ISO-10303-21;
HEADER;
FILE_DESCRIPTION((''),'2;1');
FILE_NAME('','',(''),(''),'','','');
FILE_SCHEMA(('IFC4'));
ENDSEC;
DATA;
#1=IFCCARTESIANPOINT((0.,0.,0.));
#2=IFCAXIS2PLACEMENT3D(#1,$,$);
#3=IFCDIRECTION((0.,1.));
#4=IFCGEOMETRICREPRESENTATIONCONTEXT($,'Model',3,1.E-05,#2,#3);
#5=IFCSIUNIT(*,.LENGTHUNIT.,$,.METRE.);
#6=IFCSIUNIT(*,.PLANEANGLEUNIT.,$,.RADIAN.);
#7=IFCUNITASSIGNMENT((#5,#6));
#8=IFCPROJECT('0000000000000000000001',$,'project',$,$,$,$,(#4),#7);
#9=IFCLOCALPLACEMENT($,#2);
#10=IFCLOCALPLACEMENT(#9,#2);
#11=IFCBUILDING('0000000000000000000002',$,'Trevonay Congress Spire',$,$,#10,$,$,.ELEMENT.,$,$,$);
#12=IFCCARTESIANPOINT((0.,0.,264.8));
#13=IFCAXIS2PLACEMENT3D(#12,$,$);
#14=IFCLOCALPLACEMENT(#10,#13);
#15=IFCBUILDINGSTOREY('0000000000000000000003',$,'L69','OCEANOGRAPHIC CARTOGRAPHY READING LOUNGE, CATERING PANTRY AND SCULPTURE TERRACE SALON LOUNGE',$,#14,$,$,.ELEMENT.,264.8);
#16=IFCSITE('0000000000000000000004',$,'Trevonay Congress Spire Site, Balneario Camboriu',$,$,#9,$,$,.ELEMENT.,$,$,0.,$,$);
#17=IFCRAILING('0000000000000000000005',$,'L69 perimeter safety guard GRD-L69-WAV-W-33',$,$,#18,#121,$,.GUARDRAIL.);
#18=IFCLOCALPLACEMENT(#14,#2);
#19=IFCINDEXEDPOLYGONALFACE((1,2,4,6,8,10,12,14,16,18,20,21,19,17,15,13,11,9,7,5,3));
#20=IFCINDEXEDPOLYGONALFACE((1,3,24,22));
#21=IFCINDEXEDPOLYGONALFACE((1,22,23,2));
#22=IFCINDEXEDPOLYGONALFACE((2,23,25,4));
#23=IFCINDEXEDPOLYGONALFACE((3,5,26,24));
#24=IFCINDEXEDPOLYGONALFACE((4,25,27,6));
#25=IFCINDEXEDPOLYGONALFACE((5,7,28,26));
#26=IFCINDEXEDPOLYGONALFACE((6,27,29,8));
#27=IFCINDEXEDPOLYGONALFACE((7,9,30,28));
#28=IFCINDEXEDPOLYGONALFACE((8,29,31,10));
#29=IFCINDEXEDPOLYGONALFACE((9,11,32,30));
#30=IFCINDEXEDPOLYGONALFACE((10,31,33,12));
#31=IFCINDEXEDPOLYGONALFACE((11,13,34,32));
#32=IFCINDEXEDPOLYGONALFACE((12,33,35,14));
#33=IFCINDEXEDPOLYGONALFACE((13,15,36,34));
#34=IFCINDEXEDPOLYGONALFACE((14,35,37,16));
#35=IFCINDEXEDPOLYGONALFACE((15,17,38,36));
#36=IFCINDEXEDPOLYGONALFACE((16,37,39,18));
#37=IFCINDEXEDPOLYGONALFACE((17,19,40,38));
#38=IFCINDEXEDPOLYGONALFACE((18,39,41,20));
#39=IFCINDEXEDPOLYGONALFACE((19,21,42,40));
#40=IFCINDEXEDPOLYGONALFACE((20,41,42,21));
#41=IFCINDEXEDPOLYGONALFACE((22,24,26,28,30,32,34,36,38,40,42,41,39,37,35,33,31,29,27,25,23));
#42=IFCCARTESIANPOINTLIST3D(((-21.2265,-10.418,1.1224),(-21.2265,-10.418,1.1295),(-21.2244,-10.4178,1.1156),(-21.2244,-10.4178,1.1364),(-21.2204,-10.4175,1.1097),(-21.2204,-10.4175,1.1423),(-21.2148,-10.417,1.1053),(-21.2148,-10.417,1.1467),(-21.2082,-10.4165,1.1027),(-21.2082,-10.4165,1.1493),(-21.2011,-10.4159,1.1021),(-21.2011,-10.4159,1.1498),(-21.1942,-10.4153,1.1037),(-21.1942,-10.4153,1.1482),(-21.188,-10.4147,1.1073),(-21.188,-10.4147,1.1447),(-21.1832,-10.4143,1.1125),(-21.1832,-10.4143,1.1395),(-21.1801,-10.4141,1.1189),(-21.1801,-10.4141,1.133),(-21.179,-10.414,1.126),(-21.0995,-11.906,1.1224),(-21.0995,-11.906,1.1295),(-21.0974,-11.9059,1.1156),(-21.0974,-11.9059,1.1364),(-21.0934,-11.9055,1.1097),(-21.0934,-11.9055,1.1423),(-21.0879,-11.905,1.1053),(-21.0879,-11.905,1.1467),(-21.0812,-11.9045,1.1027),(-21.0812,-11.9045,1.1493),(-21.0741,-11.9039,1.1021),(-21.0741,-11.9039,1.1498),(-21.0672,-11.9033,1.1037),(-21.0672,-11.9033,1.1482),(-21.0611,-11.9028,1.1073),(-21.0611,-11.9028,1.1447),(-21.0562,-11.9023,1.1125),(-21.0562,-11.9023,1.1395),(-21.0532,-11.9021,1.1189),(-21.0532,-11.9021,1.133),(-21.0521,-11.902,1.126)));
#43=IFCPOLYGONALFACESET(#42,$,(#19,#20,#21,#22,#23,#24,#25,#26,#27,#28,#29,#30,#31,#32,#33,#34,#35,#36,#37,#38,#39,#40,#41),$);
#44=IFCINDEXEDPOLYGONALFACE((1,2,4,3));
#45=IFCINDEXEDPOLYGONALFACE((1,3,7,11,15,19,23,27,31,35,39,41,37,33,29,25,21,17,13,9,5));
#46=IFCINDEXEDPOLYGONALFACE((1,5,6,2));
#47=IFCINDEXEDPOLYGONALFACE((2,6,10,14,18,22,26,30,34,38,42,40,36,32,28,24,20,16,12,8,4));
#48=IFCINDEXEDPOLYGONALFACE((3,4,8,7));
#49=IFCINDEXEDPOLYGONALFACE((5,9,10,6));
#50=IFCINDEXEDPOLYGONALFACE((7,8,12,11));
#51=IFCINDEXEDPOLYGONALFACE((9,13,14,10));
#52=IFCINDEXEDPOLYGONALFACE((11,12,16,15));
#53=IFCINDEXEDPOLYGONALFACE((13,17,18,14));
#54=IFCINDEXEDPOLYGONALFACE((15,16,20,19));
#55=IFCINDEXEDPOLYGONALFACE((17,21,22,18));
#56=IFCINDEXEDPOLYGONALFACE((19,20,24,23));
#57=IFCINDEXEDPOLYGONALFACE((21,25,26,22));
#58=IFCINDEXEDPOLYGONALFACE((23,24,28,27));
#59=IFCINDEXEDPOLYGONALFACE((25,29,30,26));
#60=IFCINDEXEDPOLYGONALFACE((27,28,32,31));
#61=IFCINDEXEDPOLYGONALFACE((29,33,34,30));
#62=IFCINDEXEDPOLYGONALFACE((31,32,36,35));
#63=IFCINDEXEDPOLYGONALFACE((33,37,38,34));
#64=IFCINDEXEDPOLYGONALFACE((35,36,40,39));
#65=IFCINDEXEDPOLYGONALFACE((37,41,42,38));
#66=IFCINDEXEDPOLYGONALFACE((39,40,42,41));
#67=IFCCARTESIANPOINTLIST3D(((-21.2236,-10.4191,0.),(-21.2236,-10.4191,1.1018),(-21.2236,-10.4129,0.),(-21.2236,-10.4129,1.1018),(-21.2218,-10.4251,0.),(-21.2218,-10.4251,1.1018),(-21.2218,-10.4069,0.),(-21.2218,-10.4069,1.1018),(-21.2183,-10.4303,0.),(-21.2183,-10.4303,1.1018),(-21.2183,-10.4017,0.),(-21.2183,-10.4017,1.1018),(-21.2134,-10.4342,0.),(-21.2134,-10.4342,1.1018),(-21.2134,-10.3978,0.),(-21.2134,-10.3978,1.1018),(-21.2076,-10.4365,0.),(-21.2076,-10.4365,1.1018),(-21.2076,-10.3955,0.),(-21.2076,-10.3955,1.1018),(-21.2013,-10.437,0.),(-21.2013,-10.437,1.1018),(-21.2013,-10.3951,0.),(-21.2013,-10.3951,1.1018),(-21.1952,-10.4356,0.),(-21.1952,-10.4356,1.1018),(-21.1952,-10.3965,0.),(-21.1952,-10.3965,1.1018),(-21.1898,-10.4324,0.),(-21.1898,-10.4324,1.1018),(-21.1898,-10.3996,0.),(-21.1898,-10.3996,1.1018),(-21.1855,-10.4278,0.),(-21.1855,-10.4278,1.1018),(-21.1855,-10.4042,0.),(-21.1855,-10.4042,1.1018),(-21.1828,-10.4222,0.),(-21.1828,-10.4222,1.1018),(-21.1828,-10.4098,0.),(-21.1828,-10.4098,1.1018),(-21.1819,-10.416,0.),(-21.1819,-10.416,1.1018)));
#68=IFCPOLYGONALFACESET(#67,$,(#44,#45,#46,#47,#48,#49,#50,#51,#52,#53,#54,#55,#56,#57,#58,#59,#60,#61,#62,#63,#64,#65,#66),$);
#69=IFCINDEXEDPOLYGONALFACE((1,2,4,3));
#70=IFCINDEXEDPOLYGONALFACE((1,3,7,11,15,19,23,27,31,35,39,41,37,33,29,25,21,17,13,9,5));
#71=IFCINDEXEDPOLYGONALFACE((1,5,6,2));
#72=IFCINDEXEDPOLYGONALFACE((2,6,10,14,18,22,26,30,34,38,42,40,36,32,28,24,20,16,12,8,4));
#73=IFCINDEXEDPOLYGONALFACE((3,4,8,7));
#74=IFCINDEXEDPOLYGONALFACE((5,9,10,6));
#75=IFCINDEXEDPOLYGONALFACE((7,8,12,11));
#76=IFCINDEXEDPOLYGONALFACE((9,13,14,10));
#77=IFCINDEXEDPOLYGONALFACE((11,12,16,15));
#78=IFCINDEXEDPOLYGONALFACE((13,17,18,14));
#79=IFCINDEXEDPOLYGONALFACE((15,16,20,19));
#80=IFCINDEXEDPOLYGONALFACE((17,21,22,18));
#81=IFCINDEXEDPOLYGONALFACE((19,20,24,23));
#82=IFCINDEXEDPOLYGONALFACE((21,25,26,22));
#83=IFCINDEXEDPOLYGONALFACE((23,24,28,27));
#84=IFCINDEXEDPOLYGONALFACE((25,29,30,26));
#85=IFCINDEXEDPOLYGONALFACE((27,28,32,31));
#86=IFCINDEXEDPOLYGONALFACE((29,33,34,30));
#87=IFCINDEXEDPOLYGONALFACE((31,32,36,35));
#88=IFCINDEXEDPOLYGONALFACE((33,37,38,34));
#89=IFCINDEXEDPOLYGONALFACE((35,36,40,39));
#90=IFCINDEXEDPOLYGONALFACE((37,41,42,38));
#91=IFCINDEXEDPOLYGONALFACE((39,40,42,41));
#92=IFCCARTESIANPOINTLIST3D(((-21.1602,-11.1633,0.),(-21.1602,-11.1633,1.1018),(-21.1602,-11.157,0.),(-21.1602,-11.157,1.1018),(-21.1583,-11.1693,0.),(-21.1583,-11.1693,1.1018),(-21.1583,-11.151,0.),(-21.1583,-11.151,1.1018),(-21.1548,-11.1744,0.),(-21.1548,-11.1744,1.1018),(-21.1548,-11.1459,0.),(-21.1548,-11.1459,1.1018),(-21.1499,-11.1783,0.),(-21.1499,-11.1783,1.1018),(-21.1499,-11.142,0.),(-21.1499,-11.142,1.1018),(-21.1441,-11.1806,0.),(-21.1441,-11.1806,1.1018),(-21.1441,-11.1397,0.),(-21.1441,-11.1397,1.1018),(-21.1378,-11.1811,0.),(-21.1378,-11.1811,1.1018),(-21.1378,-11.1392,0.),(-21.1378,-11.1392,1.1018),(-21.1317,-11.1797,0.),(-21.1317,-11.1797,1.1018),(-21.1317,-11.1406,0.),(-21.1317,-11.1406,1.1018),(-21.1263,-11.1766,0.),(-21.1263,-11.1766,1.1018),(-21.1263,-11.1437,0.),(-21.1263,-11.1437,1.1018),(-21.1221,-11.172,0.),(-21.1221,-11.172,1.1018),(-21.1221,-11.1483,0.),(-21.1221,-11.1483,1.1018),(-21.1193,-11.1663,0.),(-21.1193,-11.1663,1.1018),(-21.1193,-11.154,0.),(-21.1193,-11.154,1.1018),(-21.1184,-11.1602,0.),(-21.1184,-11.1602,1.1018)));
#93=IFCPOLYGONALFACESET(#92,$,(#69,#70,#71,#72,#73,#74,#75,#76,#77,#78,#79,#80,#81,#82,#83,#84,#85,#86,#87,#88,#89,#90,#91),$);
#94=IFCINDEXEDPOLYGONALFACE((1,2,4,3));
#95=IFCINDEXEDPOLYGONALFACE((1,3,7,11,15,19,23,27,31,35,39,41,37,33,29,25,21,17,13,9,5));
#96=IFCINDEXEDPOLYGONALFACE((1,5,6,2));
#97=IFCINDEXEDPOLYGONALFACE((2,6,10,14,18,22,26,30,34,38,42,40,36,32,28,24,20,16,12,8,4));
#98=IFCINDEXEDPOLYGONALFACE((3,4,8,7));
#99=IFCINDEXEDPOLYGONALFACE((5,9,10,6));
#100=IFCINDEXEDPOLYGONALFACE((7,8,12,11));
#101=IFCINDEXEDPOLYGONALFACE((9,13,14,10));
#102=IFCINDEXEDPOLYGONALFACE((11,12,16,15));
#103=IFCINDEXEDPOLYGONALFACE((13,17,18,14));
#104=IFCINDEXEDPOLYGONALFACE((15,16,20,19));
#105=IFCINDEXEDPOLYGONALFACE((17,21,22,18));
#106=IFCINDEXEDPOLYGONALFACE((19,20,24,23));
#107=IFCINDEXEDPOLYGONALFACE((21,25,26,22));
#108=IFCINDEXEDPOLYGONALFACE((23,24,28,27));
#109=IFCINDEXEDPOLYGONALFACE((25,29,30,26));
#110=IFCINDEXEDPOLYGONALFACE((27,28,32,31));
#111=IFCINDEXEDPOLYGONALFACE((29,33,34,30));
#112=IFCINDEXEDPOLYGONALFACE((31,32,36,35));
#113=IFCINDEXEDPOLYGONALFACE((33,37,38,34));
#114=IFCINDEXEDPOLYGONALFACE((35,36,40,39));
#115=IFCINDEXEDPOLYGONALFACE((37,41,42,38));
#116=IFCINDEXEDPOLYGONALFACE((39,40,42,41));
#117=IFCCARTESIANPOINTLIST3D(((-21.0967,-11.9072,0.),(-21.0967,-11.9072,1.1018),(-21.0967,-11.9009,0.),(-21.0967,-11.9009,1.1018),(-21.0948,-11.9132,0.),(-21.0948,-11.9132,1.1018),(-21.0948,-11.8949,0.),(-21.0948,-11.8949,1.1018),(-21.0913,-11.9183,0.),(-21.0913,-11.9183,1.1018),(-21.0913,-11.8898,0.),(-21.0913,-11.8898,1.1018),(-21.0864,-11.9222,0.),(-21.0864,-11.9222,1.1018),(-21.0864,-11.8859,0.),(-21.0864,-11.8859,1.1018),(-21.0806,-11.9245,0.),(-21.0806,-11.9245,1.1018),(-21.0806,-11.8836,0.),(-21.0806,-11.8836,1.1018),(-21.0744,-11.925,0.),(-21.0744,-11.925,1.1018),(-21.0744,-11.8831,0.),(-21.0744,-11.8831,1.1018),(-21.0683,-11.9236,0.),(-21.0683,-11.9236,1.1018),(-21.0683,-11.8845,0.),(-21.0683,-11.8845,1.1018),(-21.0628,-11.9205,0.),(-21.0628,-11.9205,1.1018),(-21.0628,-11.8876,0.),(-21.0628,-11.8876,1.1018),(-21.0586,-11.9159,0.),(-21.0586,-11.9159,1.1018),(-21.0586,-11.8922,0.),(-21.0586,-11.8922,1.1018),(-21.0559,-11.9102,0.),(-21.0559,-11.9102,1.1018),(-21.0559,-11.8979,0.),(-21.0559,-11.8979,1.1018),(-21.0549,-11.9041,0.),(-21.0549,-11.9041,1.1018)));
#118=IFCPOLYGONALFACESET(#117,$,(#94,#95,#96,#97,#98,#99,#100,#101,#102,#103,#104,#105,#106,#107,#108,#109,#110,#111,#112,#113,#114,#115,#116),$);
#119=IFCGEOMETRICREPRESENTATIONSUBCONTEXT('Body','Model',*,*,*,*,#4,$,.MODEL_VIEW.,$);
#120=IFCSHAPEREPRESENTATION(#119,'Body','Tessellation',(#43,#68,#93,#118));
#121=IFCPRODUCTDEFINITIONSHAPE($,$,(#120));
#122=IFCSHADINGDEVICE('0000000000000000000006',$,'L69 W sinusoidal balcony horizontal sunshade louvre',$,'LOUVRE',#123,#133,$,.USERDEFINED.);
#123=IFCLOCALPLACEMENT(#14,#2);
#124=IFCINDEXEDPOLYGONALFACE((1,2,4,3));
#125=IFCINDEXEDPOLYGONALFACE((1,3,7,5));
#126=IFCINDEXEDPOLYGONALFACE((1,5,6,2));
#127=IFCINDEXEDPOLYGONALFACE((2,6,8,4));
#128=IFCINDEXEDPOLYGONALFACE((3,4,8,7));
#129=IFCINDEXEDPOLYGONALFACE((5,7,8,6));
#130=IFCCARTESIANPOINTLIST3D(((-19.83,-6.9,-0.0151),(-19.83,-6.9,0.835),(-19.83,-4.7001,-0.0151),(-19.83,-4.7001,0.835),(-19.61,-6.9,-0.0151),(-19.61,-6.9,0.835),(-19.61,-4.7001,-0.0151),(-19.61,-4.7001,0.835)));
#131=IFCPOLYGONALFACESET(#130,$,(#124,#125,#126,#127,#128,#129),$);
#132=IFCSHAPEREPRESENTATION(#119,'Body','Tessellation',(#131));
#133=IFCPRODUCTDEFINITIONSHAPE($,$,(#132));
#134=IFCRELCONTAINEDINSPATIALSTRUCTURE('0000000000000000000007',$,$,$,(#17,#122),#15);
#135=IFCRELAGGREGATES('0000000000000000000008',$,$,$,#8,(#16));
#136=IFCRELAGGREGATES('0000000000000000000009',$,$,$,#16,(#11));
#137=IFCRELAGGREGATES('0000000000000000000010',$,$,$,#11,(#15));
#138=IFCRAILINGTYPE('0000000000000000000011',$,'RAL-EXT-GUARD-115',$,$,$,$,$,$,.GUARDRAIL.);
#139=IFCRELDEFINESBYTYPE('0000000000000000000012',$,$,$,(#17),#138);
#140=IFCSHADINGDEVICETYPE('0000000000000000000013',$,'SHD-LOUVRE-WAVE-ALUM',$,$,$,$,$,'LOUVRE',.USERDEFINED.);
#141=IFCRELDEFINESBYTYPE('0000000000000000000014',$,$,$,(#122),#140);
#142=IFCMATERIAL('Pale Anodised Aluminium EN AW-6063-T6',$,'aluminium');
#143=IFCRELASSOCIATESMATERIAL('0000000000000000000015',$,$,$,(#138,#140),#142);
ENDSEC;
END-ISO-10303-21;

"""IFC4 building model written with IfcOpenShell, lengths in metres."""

from ifc_helpers import new_model, si_unit, direction, frame, origin, origin_2d, place, context, subcontext, project, spatial, rectangle, circle, extrude, material, type_object, element, save


model = new_model("IFC4")

# Units and contexts
model_context = context("Model", 3, precision=1e-05, world=origin(), true_north=direction((0.0, 1.0)))
body_context = subcontext(model_context, "Body", "Model", "MODEL_VIEW")
ifc_project = project(units=[si_unit("LENGTHUNIT", "METRE"), si_unit("PLANEANGLEUNIT", "RADIAN")], contexts=[model_context])

# Site, building, storey
site_placement = place(None, origin())
site = spatial("IfcSite", under=ifc_project, at=site_placement, Name="Trevonay Congress Spire Site, Balneario Camboriu", CompositionType="ELEMENT", RefElevation=0.0)
building_placement = place(site_placement, origin())
building = spatial("IfcBuilding", under=site, at=building_placement, Name="Trevonay Congress Spire", CompositionType="ELEMENT")
storey_placement = place(building_placement, frame((0.0, 0.0, 264.8)))
storey = spatial("IfcBuildingStorey", under=building, at=storey_placement, Name="L69", Description="OCEANOGRAPHIC CARTOGRAPHY READING LOUNGE, CATERING PANTRY AND SCULPTURE TERRACE SALON LOUNGE", CompositionType="ELEMENT", Elevation=264.8)

# Shared definitions
ifc_material_1 = material(Name="Pale Anodised Aluminium EN AW-6063-T6", Category="aluminium")

# Railing
railing_type = type_object("IfcRailingType", Name="RAL-EXT-GUARD-115", PredefinedType="GUARDRAIL", material=ifc_material_1)
railing_1_placement = place(storey_placement, frame((-21.2029, -10.416, 0.0)))
element("IfcRailing", 1, at=railing_1_placement, inside=storey, type_object=railing_type, Name="L69 perimeter safety guard GRD-L69-WAV-W-33", PredefinedType="GUARDRAIL", context=body_context, shape_type="SweptSolid", body=[
    extrude(circle(Radius=0.0239, at=origin_2d()), frame((0.0, 0.0, 1.126), z_axis=(0.085007, -0.99638, 0.0), x_axis=(0.99638, 0.085007, 0.0)), (0.0, 0.0, 1.0), 1.4934),
    extrude(circle(Radius=0.021, at=origin_2d()), origin(), (0.0, 0.0, 1.0), 1.1018),
    extrude(circle(Radius=0.021, at=origin_2d()), frame((0.0635, -0.7441, 0.0)), (0.0, 0.0, 1.0), 1.1018),
    extrude(circle(Radius=0.021, at=origin_2d()), frame((0.127, -1.488, 0.0)), (0.0, 0.0, 1.0), 1.1018),
])

# Shading device
shading_device_type = type_object("IfcShadingDeviceType", Name="SHD-LOUVRE-WAVE-ALUM", ElementType="LOUVRE", PredefinedType="USERDEFINED", material=ifc_material_1)
shading_device_placement = place(storey_placement, frame((-19.72, -5.8, -0.0151), z_axis=(0.0, 0.0, 1.0), x_axis=(0.0, 1.0, 0.0)))
element("IfcShadingDevice", 2, at=shading_device_placement, inside=storey, type_object=shading_device_type, Name="L69 W sinusoidal balcony horizontal sunshade louvre", ObjectType="LOUVRE", PredefinedType="USERDEFINED", context=body_context, shape_type="SweptSolid", body=[
    extrude(rectangle(XDim=2.2, YDim=0.22, at=origin_2d()), origin(), (0.0, 0.0, 1.0), 0.8501),
])

save(model, "model.ifc")
